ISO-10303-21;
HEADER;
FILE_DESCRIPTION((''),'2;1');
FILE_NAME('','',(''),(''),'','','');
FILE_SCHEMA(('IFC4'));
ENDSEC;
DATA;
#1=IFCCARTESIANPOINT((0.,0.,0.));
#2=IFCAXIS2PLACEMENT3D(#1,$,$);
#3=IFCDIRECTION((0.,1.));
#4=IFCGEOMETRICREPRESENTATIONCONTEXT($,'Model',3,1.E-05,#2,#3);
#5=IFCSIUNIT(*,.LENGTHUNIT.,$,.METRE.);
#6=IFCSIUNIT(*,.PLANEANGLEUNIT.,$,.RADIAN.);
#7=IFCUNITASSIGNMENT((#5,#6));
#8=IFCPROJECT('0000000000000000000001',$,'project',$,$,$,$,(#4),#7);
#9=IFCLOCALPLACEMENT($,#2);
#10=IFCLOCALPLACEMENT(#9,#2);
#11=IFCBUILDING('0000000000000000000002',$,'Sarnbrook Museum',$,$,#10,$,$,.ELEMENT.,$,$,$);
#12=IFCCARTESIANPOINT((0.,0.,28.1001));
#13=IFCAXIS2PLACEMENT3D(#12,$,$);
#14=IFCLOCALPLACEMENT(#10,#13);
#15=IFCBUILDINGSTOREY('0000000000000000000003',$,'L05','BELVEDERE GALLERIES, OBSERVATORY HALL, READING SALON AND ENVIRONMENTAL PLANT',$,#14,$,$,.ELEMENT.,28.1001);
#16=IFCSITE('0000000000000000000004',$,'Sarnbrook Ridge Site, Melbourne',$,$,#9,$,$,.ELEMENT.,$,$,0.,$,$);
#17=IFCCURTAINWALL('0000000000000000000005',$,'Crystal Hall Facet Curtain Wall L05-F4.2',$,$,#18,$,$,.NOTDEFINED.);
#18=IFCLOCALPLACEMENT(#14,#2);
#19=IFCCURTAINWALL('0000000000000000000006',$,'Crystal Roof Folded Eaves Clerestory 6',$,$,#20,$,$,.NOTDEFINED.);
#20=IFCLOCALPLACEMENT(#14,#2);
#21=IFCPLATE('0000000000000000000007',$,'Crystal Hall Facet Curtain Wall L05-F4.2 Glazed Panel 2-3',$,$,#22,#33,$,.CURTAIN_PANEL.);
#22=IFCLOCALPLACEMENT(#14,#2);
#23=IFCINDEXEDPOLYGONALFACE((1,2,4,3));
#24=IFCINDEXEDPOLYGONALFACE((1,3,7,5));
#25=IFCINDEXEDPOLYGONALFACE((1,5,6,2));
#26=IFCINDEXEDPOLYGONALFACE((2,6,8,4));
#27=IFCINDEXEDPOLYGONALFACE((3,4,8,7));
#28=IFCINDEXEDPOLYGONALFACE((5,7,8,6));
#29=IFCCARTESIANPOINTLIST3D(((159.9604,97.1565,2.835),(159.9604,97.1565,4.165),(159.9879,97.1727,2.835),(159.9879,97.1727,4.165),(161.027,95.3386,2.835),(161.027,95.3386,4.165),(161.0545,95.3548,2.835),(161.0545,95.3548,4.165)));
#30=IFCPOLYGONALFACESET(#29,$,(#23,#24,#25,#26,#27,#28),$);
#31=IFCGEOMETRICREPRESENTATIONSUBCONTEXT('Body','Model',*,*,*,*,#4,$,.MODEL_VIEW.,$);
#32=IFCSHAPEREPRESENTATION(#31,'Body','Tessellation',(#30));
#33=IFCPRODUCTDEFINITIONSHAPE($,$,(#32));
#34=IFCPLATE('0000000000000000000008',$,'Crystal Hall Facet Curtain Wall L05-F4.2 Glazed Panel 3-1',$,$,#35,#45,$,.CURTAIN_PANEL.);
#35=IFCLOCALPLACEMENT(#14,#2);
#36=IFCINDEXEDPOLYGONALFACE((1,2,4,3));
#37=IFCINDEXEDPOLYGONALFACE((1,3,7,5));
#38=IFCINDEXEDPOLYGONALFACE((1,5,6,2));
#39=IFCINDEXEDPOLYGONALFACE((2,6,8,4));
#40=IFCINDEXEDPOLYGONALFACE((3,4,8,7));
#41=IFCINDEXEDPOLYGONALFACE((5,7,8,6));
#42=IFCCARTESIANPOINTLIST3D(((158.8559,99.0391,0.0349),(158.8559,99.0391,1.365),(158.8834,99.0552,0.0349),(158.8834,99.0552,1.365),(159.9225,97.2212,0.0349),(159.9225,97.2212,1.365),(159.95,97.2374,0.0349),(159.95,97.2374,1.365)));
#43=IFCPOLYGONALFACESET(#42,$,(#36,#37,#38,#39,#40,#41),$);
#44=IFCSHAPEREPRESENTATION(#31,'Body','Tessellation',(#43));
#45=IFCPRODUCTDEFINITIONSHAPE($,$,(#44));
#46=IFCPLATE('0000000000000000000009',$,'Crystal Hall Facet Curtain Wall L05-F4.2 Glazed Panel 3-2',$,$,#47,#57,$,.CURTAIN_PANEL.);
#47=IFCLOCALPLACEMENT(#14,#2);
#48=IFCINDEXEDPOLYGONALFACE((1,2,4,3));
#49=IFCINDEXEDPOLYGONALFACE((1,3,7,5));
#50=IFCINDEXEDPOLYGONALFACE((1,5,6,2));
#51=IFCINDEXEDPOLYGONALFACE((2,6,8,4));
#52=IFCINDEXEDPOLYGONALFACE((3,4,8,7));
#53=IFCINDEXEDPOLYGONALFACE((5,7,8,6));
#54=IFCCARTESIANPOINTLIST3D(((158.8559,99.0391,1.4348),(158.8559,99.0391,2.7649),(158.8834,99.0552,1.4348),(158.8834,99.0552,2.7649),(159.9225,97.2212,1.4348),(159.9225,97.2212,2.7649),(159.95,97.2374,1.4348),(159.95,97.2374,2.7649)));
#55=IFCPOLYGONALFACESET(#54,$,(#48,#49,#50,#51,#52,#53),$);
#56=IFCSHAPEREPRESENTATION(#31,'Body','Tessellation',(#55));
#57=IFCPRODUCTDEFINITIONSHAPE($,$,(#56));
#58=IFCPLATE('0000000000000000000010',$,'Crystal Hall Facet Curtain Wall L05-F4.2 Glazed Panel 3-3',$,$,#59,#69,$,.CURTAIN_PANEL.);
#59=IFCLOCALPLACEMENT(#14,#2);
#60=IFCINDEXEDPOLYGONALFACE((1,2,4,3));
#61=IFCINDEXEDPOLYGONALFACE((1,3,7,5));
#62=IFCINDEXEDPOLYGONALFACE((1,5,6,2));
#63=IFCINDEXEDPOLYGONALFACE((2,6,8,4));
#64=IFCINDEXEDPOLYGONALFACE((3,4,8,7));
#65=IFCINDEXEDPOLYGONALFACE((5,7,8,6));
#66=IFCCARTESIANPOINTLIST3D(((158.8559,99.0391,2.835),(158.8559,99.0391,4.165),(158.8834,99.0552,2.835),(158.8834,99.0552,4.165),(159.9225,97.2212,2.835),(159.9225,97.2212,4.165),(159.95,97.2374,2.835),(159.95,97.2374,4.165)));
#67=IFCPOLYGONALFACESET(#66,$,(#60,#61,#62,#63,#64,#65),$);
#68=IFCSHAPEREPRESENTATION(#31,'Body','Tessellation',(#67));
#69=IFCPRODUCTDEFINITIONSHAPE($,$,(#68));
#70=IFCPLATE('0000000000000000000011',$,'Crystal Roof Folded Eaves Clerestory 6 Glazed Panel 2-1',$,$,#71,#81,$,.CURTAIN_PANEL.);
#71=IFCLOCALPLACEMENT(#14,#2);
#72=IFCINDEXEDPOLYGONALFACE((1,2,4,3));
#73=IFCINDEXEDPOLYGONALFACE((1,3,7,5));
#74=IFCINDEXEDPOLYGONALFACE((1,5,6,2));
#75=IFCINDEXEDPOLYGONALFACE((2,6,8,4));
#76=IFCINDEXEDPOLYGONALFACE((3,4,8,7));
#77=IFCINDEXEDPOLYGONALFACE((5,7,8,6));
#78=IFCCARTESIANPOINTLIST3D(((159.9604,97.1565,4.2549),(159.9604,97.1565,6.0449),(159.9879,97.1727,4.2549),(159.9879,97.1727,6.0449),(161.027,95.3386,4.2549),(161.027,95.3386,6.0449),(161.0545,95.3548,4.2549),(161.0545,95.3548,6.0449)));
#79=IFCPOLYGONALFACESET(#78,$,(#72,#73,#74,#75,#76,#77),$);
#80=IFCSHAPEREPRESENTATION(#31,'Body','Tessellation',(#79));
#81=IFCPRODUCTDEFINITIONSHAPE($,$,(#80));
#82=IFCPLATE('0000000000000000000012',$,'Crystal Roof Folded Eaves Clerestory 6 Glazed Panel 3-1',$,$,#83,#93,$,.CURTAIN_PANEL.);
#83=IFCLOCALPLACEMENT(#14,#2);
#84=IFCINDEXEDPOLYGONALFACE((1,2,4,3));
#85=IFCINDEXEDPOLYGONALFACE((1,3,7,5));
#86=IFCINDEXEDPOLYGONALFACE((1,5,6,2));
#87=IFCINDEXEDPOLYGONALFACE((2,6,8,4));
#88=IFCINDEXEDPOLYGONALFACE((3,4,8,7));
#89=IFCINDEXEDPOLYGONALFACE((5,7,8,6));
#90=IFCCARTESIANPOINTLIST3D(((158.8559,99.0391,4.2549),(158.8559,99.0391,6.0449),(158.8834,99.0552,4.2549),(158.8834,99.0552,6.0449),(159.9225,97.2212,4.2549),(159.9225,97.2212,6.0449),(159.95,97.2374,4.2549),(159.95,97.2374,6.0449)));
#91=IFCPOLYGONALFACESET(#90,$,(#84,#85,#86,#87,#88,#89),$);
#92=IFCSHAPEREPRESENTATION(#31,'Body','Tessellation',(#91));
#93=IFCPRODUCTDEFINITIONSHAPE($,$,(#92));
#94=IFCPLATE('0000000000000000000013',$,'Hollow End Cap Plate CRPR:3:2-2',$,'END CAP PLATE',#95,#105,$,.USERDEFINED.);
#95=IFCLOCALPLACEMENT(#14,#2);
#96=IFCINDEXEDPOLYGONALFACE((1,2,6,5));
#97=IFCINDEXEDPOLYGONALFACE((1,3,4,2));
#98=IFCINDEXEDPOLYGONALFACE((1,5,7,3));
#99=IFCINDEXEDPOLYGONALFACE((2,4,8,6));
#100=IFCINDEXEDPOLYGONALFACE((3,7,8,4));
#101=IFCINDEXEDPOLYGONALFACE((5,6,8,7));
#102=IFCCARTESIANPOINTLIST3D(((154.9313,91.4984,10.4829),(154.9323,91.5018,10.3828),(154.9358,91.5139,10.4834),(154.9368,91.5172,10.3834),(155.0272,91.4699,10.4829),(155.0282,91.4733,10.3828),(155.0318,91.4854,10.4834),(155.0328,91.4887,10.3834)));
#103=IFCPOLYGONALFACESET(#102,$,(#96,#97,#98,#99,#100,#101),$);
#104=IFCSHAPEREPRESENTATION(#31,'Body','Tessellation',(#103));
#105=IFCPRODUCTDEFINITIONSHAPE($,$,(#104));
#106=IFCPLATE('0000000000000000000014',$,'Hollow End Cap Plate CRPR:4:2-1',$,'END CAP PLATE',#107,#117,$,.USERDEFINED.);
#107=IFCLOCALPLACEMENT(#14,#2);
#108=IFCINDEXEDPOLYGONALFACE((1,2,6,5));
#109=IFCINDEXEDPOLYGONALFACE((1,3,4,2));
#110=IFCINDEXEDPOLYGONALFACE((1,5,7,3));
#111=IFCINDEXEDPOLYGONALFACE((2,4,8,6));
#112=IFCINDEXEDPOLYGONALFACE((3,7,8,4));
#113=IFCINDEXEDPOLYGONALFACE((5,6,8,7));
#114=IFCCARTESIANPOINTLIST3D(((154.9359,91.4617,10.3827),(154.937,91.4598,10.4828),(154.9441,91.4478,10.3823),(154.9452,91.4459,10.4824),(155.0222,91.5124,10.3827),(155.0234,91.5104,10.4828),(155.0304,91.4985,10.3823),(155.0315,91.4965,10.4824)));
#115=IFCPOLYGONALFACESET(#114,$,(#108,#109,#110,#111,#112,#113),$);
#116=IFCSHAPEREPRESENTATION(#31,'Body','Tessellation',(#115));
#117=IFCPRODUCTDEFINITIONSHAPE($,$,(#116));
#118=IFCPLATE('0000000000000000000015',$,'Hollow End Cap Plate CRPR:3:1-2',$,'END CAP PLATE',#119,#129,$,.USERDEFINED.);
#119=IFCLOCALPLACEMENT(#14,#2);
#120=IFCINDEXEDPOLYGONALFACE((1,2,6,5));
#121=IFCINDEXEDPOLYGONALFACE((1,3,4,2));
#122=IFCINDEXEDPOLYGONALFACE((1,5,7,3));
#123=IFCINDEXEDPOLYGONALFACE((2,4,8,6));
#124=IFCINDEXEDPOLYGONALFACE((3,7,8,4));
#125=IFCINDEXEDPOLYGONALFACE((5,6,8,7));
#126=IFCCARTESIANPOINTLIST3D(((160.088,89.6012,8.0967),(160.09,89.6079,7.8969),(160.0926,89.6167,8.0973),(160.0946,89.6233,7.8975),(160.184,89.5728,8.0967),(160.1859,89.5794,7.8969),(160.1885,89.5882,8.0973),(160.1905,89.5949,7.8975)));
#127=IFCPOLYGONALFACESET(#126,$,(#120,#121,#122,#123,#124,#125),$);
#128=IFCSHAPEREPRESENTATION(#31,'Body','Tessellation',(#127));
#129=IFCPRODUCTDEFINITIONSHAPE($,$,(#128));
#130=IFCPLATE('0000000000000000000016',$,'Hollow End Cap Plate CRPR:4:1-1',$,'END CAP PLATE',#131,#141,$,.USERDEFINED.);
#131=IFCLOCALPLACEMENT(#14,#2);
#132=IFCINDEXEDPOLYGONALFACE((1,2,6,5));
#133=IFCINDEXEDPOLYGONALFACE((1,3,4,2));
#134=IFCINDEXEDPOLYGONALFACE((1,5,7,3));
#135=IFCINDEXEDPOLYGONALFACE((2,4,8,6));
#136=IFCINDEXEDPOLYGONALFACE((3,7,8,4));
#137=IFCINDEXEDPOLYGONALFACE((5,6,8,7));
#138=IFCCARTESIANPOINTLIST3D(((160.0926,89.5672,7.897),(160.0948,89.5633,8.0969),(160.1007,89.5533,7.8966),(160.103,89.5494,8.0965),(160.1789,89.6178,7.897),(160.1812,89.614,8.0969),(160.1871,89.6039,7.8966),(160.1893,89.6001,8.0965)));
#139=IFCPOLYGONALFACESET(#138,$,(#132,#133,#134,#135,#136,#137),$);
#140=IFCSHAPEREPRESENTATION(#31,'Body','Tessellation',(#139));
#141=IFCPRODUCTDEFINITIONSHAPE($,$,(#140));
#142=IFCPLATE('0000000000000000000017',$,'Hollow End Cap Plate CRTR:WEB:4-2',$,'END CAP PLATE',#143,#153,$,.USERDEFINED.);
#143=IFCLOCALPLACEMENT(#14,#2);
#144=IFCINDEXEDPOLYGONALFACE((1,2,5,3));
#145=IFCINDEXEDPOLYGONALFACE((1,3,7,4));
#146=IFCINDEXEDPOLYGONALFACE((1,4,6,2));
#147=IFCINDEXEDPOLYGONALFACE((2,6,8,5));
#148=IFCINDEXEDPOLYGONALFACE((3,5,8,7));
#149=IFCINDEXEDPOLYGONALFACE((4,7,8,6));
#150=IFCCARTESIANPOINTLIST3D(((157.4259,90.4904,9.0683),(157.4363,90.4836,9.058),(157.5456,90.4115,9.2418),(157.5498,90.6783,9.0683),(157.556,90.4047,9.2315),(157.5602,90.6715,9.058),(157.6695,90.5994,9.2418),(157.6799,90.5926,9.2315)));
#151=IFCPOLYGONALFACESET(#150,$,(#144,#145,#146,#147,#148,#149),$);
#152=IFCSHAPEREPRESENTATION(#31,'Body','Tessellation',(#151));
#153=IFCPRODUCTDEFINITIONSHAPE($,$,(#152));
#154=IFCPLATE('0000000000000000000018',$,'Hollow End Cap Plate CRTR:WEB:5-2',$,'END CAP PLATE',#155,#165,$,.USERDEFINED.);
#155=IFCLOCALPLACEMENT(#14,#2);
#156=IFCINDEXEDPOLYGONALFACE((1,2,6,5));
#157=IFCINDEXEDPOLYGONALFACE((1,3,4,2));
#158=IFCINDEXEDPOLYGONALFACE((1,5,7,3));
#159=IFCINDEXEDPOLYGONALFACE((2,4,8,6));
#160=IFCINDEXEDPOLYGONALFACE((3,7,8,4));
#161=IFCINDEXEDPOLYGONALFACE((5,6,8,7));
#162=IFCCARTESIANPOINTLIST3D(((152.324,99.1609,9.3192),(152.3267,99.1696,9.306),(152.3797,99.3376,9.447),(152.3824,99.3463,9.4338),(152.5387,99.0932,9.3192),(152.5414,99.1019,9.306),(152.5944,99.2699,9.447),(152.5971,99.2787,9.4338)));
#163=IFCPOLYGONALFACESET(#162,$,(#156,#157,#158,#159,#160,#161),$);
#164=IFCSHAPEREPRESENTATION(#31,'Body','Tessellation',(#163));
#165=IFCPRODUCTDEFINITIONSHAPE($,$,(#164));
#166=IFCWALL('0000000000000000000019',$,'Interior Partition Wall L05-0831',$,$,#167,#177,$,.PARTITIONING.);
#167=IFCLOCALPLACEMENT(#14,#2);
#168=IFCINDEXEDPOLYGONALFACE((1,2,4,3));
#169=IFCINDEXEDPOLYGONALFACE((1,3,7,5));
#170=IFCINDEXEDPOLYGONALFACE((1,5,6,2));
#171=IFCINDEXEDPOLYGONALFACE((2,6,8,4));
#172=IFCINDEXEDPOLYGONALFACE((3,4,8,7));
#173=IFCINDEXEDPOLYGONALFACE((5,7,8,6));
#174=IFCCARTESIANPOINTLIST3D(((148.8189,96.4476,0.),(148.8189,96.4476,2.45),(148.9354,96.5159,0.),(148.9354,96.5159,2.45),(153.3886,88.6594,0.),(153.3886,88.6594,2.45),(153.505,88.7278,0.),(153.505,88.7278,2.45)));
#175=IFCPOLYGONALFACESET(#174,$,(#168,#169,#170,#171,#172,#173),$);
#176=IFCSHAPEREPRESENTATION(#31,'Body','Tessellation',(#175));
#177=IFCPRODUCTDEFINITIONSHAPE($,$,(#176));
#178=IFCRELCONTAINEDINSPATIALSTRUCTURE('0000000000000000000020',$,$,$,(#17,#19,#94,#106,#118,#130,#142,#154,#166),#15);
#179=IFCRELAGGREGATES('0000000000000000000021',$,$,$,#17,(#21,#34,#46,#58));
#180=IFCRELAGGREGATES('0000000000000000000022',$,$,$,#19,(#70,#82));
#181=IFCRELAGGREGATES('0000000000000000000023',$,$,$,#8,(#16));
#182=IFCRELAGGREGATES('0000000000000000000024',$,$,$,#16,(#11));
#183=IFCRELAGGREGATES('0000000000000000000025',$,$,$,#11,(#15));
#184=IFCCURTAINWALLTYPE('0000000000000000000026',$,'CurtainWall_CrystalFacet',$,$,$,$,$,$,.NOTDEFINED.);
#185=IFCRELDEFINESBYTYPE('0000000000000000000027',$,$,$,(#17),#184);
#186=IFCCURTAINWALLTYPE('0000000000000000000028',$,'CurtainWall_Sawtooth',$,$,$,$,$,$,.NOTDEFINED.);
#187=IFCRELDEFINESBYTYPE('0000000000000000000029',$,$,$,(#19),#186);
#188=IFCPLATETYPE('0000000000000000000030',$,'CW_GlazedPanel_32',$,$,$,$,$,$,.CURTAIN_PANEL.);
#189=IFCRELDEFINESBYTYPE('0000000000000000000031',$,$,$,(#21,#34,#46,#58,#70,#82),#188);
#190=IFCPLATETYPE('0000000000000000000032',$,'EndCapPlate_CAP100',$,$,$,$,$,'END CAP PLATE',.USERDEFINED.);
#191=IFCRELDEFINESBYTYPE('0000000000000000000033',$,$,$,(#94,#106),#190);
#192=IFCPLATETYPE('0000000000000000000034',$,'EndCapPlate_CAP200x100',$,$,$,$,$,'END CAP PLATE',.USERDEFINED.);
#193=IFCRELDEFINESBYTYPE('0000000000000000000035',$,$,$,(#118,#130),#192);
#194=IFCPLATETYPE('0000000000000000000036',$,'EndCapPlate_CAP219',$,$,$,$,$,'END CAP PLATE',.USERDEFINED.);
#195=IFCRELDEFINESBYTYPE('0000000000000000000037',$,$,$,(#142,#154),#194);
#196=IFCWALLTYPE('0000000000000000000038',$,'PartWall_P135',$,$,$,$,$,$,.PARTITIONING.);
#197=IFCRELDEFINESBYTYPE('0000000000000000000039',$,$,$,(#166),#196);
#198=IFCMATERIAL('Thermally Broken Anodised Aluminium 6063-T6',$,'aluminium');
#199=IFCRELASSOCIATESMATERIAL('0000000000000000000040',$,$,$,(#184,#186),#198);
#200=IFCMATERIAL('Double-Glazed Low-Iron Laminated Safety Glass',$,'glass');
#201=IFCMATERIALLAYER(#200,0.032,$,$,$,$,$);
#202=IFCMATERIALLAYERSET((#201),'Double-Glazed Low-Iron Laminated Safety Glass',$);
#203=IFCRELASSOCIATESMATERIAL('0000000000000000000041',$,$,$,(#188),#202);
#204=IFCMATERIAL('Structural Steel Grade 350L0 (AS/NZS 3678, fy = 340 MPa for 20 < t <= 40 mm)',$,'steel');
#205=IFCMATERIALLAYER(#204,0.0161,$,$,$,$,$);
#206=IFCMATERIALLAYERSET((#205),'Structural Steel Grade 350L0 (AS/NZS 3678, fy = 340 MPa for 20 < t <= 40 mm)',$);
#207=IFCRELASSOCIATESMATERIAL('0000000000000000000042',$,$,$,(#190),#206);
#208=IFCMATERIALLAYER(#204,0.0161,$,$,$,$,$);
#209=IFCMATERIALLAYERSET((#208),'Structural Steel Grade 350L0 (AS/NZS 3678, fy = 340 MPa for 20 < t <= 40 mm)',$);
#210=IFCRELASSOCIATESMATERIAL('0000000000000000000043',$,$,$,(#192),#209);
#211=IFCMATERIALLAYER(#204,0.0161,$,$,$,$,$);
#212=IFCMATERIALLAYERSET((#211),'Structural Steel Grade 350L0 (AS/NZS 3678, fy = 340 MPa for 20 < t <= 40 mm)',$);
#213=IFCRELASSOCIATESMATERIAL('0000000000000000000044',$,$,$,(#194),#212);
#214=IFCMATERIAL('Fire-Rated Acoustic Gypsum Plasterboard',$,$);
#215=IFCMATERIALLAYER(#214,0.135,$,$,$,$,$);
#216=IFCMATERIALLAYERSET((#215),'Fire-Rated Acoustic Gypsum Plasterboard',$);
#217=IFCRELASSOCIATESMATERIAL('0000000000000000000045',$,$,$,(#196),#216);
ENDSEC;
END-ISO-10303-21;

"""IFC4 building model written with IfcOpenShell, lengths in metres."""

from ifc_helpers import new_model, si_unit, direction, frame, frame_2d, origin, origin_2d, place, context, subcontext, project, spatial, rectangle, extrude, material, layer, layer_set, type_object, element, aggregate, save


model = new_model("IFC4")

# Units and contexts
model_context = context("Model", 3, precision=1e-05, world=origin(), true_north=direction((0.0, 1.0)))
body_context = subcontext(model_context, "Body", "Model", "MODEL_VIEW")
ifc_project = project(units=[si_unit("LENGTHUNIT", "METRE"), si_unit("PLANEANGLEUNIT", "RADIAN")], contexts=[model_context])

# Site, building, storey
site_placement = place(None, origin())
site = spatial("IfcSite", under=ifc_project, at=site_placement, Name="Sarnbrook Ridge Site, Melbourne", CompositionType="ELEMENT", RefElevation=0.0)
building_placement = place(site_placement, origin())
building = spatial("IfcBuilding", under=site, at=building_placement, Name="Sarnbrook Museum", CompositionType="ELEMENT")
storey_placement = place(building_placement, frame((0.0, 0.0, 28.1001)))
storey = spatial("IfcBuildingStorey", under=building, at=storey_placement, Name="L05", Description="BELVEDERE GALLERIES, OBSERVATORY HALL, READING SALON AND ENVIRONMENTAL PLANT", CompositionType="ELEMENT", Elevation=28.1001)

# Curtain walls
ifc_material_1 = material(Name="Thermally Broken Anodised Aluminium 6063-T6", Category="aluminium")
curtain_wall_type_1 = type_object("IfcCurtainWallType", Name="CurtainWall_CrystalFacet", PredefinedType="NOTDEFINED", material=ifc_material_1)
curtain_wall_1_placement = place(storey_placement, origin())
curtain_wall_1 = element("IfcCurtainWall", 1, at=curtain_wall_1_placement, inside=storey, type_object=curtain_wall_type_1, Name="Crystal Hall Facet Curtain Wall L05-F4.2", PredefinedType="NOTDEFINED")
curtain_wall_type_2 = type_object("IfcCurtainWallType", Name="CurtainWall_Sawtooth", PredefinedType="NOTDEFINED", material=ifc_material_1)
curtain_wall_2_placement = place(storey_placement, origin())
curtain_wall_2 = element("IfcCurtainWall", 2, at=curtain_wall_2_placement, inside=storey, type_object=curtain_wall_type_2, Name="Crystal Roof Folded Eaves Clerestory 6", PredefinedType="NOTDEFINED")

# Plates
ifc_material_2 = material(Name="Double-Glazed Low-Iron Laminated Safety Glass", Category="glass")
ifc_layer_1 = layer(ifc_material_2, 0.032)
ifc_layer_set_1 = layer_set([ifc_layer_1], Name="Double-Glazed Low-Iron Laminated Safety Glass")
plate_type_1 = type_object("IfcPlateType", Name="CW_GlazedPanel_32", PredefinedType="CURTAIN_PANEL", material=ifc_layer_set_1)
plate_1_placement = place(storey_placement, frame((160.4937, 96.2476, 3.5), z_axis=(0.8625, 0.506057, 0.0), x_axis=(-0.506057, 0.8625, 0.0)))
plate_1 = element("IfcPlate", 3, at=plate_1_placement, type_object=plate_type_1, Name="Crystal Hall Facet Curtain Wall L05-F4.2 Glazed Panel 2-3", PredefinedType="CURTAIN_PANEL", context=body_context, shape_type="SweptSolid", body=[
    extrude(rectangle(XDim=2.1077, YDim=1.3301, at=origin_2d()), origin(), (0.0, 0.0, 1.0), 0.032),
])
plate_2_placement = place(storey_placement, frame((159.3892, 98.1301, 0.7), z_axis=(0.8625, 0.506057, 0.0), x_axis=(-0.506057, 0.8625, 0.0)))
plate_2 = element("IfcPlate", 4, at=plate_2_placement, type_object=plate_type_1, Name="Crystal Hall Facet Curtain Wall L05-F4.2 Glazed Panel 3-1", PredefinedType="CURTAIN_PANEL", context=body_context, shape_type="SweptSolid", body=[
    extrude(rectangle(XDim=2.1077, YDim=1.3301, at=origin_2d()), origin(), (0.0, 0.0, 1.0), 0.032),
])
plate_3_placement = place(storey_placement, frame((159.3892, 98.1301, 2.0999), z_axis=(0.8625, 0.506057, 0.0), x_axis=(-0.506057, 0.8625, 0.0)))
plate_3 = element("IfcPlate", 5, at=plate_3_placement, type_object=plate_type_1, Name="Crystal Hall Facet Curtain Wall L05-F4.2 Glazed Panel 3-2", PredefinedType="CURTAIN_PANEL", context=body_context, shape_type="SweptSolid", body=[
    extrude(rectangle(XDim=2.1077, YDim=1.3301, at=origin_2d()), origin(), (0.0, 0.0, 1.0), 0.032),
])
plate_4_placement = place(storey_placement, frame((159.3892, 98.1301, 3.5), z_axis=(0.8625, 0.506057, 0.0), x_axis=(-0.506057, 0.8625, 0.0)))
plate_4 = element("IfcPlate", 6, at=plate_4_placement, type_object=plate_type_1, Name="Crystal Hall Facet Curtain Wall L05-F4.2 Glazed Panel 3-3", PredefinedType="CURTAIN_PANEL", context=body_context, shape_type="SweptSolid", body=[
    extrude(rectangle(XDim=2.1077, YDim=1.3301, at=origin_2d()), origin(), (0.0, 0.0, 1.0), 0.032),
])
aggregate(curtain_wall_1, [plate_1, plate_2, plate_3, plate_4])
plate_5_placement = place(storey_placement, frame((160.4937, 96.2476, 5.1499), z_axis=(0.8625, 0.506057, 0.0), x_axis=(-0.506057, 0.8625, 0.0)))
plate_5 = element("IfcPlate", 7, at=plate_5_placement, type_object=plate_type_1, Name="Crystal Roof Folded Eaves Clerestory 6 Glazed Panel 2-1", PredefinedType="CURTAIN_PANEL", context=body_context, shape_type="SweptSolid", body=[
    extrude(rectangle(XDim=2.1077, YDim=1.79, at=origin_2d()), origin(), (0.0, 0.0, 1.0), 0.032),
])
plate_6_placement = place(storey_placement, frame((159.3892, 98.1301, 5.1499), z_axis=(0.8625, 0.506057, 0.0), x_axis=(-0.506057, 0.8625, 0.0)))
plate_6 = element("IfcPlate", 8, at=plate_6_placement, type_object=plate_type_1, Name="Crystal Roof Folded Eaves Clerestory 6 Glazed Panel 3-1", PredefinedType="CURTAIN_PANEL", context=body_context, shape_type="SweptSolid", body=[
    extrude(rectangle(XDim=2.1077, YDim=1.79, at=origin_2d()), origin(), (0.0, 0.0, 1.0), 0.032),
])
aggregate(curtain_wall_2, [plate_5, plate_6])

# Plates
ifc_material_3 = material(Name="Structural Steel Grade 350L0 (AS/NZS 3678, fy = 340 MPa for 20 < t <= 40 mm)", Category="steel")
ifc_layer_2 = layer(ifc_material_3, 0.0161)
ifc_layer_set_2 = layer_set([ifc_layer_2], Name="Structural Steel Grade 350L0 (AS/NZS 3678, fy = 340 MPa for 20 < t <= 40 mm)")
plate_type_2 = type_object("IfcPlateType", Name="EndCapPlate_CAP100", ElementType="END CAP PLATE", PredefinedType="USERDEFINED", material=ifc_layer_set_2)
for number, where, z_axis, x_axis, name in (
    (9, (154.9797, 91.4858, 10.4329), (0.284417, 0.958068, 0.034808), (-0.958649, 0.28459, 0.0), "Hollow End Cap Plate CRPR:3:2-2"),
    (10, (154.9878, 91.4722, 10.4324), (-0.505933, 0.862283, 0.022337), (-0.862499, -0.506059, 0.0), "Hollow End Cap Plate CRPR:4:2-1"),
):
    element("IfcPlate", number, at=place(storey_placement, frame(where, z_axis=z_axis, x_axis=x_axis)), inside=storey, type_object=plate_type_2, Name=name, ObjectType="END CAP PLATE", PredefinedType="USERDEFINED", context=body_context, shape_type="SweptSolid", body=[
        extrude(rectangle(XDim=0.1001, YDim=0.1001, at=origin_2d()), origin(), (0.0, 0.0, 1.0), 0.0161),
    ])
ifc_layer_3 = layer(ifc_material_3, 0.0161)
ifc_layer_set_3 = layer_set([ifc_layer_3], Name="Structural Steel Grade 350L0 (AS/NZS 3678, fy = 340 MPa for 20 < t <= 40 mm)")
plate_type_3 = type_object("IfcPlateType", Name="EndCapPlate_CAP200x100", ElementType="END CAP PLATE", PredefinedType="USERDEFINED", material=ifc_layer_set_3)
for number, where, z_axis, x_axis, name in (
    (11, (160.137, 89.5903, 7.9968), (0.284432, 0.958064, 0.034808), (-0.958645, 0.284605, 0.0), "Hollow End Cap Plate CRPR:3:1-2"),
    (12, (160.145, 89.5767, 7.9966), (-0.505935, 0.862282, 0.022337), (-0.862498, -0.506061, 0.0), "Hollow End Cap Plate CRPR:4:1-1"),
):
    element("IfcPlate", number, at=place(storey_placement, frame(where, z_axis=z_axis, x_axis=x_axis)), inside=storey, type_object=plate_type_3, Name=name, ObjectType="END CAP PLATE", PredefinedType="USERDEFINED", context=body_context, shape_type="SweptSolid", body=[
        extrude(rectangle(XDim=0.1001, YDim=0.2, at=origin_2d()), origin(), (0.0, 0.0, 1.0), 0.0161),
    ])
ifc_layer_4 = layer(ifc_material_3, 0.0161)
ifc_layer_set_4 = layer_set([ifc_layer_4], Name="Structural Steel Grade 350L0 (AS/NZS 3678, fy = 340 MPa for 20 < t <= 40 mm)")
plate_type_4 = type_object("IfcPlateType", Name="EndCapPlate_CAP219", ElementType="END CAP PLATE", PredefinedType="USERDEFINED", material=ifc_layer_set_4)
for number, where, z_axis, x_axis, name in (
    (13, (157.5581, 90.5381, 9.1448), (-0.643708, 0.424302, 0.636874), (-0.55035, -0.834934, 0.0), "Hollow End Cap Plate CRTR:WEB:4-2"),
    (14, (152.4619, 99.2241, 9.3699), (-0.170614, -0.541414, 0.823263), (0.953764, -0.300557, 0.0), "Hollow End Cap Plate CRTR:WEB:5-2"),
):
    element("IfcPlate", number, at=place(storey_placement, frame(where, z_axis=z_axis, x_axis=x_axis)), inside=storey, type_object=plate_type_4, Name=name, ObjectType="END CAP PLATE", PredefinedType="USERDEFINED", context=body_context, shape_type="SweptSolid", body=[
        extrude(rectangle(XDim=0.2251, YDim=0.2251, at=origin_2d()), origin(), (0.0, 0.0, 1.0), 0.0161),
    ])

# Wall
ifc_material_4 = material(Name="Fire-Rated Acoustic Gypsum Plasterboard")
ifc_layer_5 = layer(ifc_material_4, 0.135)
ifc_layer_set_5 = layer_set([ifc_layer_5], Name="Fire-Rated Acoustic Gypsum Plasterboard")
wall_type = type_object("IfcWallType", Name="PartWall_P135", PredefinedType="PARTITIONING", material=ifc_layer_set_5)
wall_placement = place(storey_placement, frame((153.4468, 88.6936, 0.0), z_axis=(0.0, 0.0, 1.0), x_axis=(-0.506062, 0.862497, 0.0)))
element("IfcWall", 15, at=wall_placement, inside=storey, type_object=wall_type, Name="Interior Partition Wall L05-0831", PredefinedType="PARTITIONING", context=body_context, shape_type="SweptSolid", body=[
    extrude(rectangle(XDim=9.0298, YDim=0.135, at=frame_2d((4.5149, 0.0))), origin(), (0.0, 0.0, 1.0), 2.45),
])

save(model, "model.ifc")
